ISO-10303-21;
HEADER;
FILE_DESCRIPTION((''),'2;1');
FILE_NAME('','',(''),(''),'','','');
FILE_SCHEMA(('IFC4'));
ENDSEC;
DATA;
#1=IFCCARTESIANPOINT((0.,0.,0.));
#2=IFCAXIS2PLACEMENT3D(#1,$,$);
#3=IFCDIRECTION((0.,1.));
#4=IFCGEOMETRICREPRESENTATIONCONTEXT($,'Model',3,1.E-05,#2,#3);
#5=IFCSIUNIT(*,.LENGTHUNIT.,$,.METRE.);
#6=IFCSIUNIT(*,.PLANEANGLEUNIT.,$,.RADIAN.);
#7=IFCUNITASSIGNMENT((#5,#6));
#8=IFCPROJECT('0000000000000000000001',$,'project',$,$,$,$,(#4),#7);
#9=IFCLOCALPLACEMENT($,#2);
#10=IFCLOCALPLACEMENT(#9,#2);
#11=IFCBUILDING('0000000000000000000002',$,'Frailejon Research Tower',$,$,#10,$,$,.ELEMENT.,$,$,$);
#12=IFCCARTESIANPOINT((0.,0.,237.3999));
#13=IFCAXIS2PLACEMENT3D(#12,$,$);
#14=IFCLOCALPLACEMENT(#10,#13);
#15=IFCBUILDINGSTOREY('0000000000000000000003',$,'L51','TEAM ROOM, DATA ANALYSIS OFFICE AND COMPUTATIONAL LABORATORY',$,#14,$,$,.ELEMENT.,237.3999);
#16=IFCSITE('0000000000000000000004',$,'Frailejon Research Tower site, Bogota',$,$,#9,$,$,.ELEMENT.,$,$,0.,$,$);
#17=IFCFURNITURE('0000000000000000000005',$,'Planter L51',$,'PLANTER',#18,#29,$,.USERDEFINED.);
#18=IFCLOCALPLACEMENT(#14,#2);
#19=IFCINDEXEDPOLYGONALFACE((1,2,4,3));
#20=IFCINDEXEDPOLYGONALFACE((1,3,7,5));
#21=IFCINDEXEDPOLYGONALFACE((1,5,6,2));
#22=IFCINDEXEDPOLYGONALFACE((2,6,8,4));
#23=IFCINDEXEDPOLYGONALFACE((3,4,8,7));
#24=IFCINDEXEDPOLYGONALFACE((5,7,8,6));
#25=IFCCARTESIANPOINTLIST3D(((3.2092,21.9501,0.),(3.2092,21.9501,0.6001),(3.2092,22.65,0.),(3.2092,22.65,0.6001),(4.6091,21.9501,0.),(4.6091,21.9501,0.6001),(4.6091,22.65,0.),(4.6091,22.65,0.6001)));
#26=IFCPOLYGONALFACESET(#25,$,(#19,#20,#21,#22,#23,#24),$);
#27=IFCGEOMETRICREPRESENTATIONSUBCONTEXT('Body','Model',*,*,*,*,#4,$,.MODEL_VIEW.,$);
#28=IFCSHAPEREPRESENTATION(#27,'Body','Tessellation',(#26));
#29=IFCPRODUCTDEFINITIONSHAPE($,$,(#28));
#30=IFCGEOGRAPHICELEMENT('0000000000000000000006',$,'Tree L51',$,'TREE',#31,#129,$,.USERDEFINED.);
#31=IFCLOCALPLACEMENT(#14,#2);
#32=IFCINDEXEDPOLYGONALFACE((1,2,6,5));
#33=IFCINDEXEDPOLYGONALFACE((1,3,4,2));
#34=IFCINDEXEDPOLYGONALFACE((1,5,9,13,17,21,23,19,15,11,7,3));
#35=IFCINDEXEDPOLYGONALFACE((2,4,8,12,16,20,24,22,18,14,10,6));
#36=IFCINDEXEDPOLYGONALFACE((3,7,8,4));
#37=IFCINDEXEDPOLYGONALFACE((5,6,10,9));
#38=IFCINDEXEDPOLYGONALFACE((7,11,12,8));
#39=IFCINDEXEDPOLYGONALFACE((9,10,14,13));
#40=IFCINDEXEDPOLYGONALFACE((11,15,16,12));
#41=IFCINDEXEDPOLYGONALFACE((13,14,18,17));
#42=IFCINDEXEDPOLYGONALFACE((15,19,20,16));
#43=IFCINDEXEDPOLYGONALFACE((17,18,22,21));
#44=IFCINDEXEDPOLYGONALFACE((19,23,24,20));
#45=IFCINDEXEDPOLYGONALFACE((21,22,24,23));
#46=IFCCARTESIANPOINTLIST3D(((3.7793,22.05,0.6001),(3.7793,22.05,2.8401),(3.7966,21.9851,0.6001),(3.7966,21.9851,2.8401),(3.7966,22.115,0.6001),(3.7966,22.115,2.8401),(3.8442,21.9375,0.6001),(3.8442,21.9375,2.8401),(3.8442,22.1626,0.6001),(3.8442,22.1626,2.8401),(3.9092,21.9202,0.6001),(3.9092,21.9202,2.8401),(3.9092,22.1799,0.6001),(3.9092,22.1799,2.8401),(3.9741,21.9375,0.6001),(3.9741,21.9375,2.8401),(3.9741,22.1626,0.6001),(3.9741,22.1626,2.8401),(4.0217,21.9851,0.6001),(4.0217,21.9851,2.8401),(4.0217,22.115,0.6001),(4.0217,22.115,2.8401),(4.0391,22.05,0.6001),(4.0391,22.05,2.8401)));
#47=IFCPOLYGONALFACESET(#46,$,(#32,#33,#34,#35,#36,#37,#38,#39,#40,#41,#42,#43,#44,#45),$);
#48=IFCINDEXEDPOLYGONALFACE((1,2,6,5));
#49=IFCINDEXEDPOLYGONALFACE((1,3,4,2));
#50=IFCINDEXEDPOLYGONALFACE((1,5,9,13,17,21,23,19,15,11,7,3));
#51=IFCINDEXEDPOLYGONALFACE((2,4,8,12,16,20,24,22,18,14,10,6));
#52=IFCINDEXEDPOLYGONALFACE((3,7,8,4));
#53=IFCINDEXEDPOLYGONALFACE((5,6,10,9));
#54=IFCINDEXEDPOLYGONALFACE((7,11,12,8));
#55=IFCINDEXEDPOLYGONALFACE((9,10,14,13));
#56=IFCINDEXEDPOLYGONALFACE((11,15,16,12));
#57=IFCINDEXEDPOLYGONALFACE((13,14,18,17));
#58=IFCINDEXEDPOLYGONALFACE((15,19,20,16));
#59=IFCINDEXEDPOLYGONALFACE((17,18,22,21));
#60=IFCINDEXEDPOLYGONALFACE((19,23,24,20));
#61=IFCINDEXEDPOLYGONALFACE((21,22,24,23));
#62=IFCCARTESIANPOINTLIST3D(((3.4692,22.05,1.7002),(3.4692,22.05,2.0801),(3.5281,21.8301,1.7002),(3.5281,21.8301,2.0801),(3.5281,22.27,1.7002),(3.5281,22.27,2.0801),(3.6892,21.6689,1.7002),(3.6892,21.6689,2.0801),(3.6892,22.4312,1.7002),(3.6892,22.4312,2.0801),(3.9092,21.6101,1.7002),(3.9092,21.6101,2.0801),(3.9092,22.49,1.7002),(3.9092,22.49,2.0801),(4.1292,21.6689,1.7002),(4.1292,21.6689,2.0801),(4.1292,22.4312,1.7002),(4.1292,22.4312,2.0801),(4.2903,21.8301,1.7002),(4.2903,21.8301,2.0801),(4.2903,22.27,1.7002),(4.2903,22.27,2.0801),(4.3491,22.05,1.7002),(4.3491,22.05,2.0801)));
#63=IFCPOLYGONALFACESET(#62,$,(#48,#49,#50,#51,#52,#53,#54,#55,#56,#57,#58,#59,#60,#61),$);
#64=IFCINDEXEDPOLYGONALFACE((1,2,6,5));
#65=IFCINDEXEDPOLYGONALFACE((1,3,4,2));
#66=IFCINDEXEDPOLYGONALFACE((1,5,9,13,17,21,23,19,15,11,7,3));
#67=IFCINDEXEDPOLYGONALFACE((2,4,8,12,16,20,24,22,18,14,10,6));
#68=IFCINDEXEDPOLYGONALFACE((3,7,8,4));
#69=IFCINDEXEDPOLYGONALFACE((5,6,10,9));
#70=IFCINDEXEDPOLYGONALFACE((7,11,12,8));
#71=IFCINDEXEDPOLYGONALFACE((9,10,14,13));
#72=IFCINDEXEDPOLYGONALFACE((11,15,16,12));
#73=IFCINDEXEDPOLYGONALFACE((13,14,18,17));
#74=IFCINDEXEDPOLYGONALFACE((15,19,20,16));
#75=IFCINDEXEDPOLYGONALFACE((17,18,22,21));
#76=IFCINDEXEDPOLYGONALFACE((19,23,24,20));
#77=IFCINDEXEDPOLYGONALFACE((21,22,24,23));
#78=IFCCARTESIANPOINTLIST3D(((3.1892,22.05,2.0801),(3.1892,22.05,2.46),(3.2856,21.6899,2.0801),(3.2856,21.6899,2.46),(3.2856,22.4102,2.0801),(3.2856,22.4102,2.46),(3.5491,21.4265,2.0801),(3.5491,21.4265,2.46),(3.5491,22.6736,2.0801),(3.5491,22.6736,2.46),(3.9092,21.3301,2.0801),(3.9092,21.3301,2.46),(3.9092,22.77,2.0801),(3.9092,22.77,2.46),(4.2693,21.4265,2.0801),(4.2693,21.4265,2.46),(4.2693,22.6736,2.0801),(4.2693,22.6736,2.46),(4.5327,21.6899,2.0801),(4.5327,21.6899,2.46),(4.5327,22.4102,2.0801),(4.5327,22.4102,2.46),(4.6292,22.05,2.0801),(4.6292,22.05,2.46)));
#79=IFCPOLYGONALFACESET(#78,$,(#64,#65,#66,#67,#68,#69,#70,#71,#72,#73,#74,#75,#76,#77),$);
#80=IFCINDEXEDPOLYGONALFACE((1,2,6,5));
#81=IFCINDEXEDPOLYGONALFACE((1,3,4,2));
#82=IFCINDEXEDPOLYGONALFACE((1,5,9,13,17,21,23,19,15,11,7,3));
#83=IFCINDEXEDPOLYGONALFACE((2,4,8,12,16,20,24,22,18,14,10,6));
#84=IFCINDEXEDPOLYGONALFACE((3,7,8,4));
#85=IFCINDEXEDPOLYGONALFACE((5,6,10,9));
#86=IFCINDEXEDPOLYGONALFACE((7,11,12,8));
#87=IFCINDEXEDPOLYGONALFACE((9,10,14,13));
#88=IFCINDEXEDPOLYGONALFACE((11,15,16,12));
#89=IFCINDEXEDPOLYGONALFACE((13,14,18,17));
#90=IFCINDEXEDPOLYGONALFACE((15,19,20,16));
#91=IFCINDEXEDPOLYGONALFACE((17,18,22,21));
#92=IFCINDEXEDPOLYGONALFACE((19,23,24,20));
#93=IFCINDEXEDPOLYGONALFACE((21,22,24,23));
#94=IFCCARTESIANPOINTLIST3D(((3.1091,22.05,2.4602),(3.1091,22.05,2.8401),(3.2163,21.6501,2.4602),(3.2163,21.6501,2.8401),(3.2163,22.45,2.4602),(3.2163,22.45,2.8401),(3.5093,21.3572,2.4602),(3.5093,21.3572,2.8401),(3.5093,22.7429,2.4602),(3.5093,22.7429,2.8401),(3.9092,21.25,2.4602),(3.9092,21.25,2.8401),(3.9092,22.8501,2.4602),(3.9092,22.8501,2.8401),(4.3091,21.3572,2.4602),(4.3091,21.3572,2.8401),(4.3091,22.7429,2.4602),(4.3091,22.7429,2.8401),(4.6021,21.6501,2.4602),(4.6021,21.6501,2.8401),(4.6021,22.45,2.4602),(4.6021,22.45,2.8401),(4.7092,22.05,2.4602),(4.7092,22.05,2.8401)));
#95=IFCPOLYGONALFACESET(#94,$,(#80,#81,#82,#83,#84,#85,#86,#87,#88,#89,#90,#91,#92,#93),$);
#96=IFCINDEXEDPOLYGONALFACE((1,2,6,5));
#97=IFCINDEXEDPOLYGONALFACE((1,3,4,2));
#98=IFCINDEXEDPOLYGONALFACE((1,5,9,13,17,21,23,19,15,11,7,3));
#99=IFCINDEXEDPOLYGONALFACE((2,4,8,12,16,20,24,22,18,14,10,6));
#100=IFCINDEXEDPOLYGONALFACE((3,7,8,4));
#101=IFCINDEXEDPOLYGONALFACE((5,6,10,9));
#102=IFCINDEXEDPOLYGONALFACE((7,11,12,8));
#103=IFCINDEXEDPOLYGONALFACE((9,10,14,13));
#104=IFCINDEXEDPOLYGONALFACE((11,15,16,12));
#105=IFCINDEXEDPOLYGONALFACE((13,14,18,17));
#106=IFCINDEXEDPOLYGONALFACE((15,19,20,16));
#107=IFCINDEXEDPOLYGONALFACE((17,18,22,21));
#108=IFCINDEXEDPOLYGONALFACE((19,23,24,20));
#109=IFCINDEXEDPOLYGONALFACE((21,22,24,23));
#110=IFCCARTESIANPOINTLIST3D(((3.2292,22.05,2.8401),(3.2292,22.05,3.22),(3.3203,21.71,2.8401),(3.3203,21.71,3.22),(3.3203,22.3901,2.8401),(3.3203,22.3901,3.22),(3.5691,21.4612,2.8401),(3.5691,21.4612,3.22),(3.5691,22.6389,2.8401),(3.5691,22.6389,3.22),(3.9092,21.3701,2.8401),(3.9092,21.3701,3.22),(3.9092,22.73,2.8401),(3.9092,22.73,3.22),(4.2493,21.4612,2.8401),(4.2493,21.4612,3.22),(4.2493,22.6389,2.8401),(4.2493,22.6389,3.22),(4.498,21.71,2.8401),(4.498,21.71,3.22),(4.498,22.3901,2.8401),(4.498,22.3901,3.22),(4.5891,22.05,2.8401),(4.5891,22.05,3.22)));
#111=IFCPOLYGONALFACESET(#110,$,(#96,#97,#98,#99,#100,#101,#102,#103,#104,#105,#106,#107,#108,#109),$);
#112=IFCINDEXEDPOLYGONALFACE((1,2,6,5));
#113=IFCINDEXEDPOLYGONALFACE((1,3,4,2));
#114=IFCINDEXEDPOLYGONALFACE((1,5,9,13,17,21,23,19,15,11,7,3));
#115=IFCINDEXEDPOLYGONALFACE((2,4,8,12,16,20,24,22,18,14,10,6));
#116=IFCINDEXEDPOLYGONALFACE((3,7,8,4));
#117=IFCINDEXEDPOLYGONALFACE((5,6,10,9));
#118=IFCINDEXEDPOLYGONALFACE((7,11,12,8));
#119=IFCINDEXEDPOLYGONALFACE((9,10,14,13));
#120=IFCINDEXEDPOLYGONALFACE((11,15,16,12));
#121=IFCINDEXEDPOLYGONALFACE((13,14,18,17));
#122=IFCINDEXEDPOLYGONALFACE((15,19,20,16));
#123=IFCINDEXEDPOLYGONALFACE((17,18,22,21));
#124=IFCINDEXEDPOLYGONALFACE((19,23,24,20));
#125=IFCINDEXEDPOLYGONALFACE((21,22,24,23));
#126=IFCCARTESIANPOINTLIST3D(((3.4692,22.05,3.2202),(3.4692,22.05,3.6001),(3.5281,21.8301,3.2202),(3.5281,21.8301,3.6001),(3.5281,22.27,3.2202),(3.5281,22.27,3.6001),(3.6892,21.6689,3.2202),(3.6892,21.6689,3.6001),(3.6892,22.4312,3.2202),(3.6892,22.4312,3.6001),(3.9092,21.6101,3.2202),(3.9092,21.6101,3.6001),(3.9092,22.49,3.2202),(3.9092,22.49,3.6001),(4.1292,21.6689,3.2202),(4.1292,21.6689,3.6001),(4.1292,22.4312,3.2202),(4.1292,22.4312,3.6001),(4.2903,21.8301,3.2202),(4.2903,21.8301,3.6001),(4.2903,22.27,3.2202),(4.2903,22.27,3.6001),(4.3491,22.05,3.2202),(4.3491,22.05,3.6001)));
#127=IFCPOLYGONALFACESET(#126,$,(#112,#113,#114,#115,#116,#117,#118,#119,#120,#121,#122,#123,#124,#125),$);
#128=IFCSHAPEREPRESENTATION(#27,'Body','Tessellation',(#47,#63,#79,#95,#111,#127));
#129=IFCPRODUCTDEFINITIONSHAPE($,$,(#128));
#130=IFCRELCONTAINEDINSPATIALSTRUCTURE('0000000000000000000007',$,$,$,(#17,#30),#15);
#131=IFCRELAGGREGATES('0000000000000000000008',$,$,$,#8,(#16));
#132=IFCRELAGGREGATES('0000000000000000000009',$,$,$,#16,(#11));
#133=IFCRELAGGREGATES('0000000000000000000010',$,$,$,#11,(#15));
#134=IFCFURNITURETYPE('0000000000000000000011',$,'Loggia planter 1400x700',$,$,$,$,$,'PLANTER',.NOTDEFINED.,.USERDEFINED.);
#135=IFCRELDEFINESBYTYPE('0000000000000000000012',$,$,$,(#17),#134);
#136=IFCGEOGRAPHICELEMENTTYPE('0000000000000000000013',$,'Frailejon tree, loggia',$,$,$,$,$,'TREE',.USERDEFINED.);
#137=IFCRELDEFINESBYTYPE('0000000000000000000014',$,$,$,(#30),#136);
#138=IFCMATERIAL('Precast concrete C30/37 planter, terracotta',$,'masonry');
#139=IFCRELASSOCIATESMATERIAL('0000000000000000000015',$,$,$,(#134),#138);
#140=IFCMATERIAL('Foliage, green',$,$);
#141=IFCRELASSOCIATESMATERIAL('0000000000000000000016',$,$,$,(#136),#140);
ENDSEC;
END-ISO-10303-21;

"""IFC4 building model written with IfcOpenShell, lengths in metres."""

from ifc_helpers import new_model, si_unit, direction, frame, origin, origin_2d, place, context, subcontext, project, spatial, polyline, rectangle, outline, extrude, material, type_object, element, save


model = new_model("IFC4")

# Units and contexts
model_context = context("Model", 3, precision=1e-05, world=origin(), true_north=direction((0.0, 1.0)))
body_context = subcontext(model_context, "Body", "Model", "MODEL_VIEW")
ifc_project = project(units=[si_unit("LENGTHUNIT", "METRE"), si_unit("PLANEANGLEUNIT", "RADIAN")], contexts=[model_context])

# Site, building, storey
site_placement = place(None, origin())
site = spatial("IfcSite", under=ifc_project, at=site_placement, Name="Frailejon Research Tower site, Bogota", CompositionType="ELEMENT", RefElevation=0.0)
building_placement = place(site_placement, origin())
building = spatial("IfcBuilding", under=site, at=building_placement, Name="Frailejon Research Tower", CompositionType="ELEMENT")
storey_placement = place(building_placement, frame((0.0, 0.0, 237.3999)))
storey = spatial("IfcBuildingStorey", under=building, at=storey_placement, Name="L51", Description="TEAM ROOM, DATA ANALYSIS OFFICE AND COMPUTATIONAL LABORATORY", CompositionType="ELEMENT", Elevation=237.3999)

# Furniture
ifc_material_1 = material(Name="Precast concrete C30/37 planter, terracotta", Category="masonry")
furniture_type = type_object("IfcFurnitureType", Name="Loggia planter 1400x700", ElementType="PLANTER", AssemblyPlace="NOTDEFINED", PredefinedType="USERDEFINED", material=ifc_material_1)
furniture_placement = place(storey_placement, frame((3.9092, 22.3, 0.0), z_axis=(0.0, 0.0, 1.0), x_axis=(-1.0, 0.0, 0.0)))
element("IfcFurniture", 1, at=furniture_placement, inside=storey, type_object=furniture_type, Name="Planter L51", ObjectType="PLANTER", PredefinedType="USERDEFINED", context=body_context, shape_type="SweptSolid", body=[
    extrude(rectangle(XDim=1.3999, YDim=0.7, at=origin_2d()), origin(), (0.0, 0.0, 1.0), 0.6001),
])

# Geographic element
ifc_material_2 = material(Name="Foliage, green")
geographic_element_type = type_object("IfcGeographicElementType", Name="Frailejon tree, loggia", ElementType="TREE", PredefinedType="USERDEFINED", material=ifc_material_2)
geographic_element_placement = place(storey_placement, frame((3.9092, 22.05, 0.6001)))
element("IfcGeographicElement", 2, at=geographic_element_placement, inside=storey, type_object=geographic_element_type, Name="Tree L51", ObjectType="TREE", PredefinedType="USERDEFINED", context=body_context, shape_type="SweptSolid", body=[
    extrude(outline(polyline([(0.1299, 0.0), (0.1125, 0.0649), (0.0649, 0.1125), (0.0, 0.1299), (-0.0649, 0.1125), (-0.1125, 0.0649), (-0.1299, 0.0), (-0.1125, -0.0649), (-0.0649, -0.1125), (0.0, -0.1299), (0.0649, -0.1125), (0.1125, -0.0649), (0.1299, 0.0)])), origin(), (0.0, 0.0, 1.0), 2.24),
    extrude(outline(polyline([(0.4399, 0.0), (0.3811, 0.22), (0.22, 0.3811), (0.0, 0.4399), (-0.22, 0.3811), (-0.3811, 0.22), (-0.4399, 0.0), (-0.3811, -0.22), (-0.22, -0.3811), (0.0, -0.4399), (0.22, -0.3811), (0.3811, -0.22), (0.4399, 0.0)])), frame((0.0, 0.0, 1.1001)), (0.0, 0.0, 1.0), 0.3799),
    extrude(outline(polyline([(0.72, 0.0), (0.6235, 0.3601), (0.3601, 0.6235), (0.0, 0.72), (-0.3601, 0.6235), (-0.6235, 0.3601), (-0.72, 0.0), (-0.6235, -0.3601), (-0.3601, -0.6235), (0.0, -0.72), (0.3601, -0.6235), (0.6235, -0.3601), (0.72, 0.0)])), frame((0.0, 0.0, 1.48)), (0.0, 0.0, 1.0), 0.3799),
    extrude(outline(polyline([(0.8, 0.0), (0.6929, 0.3999), (0.3999, 0.6929), (0.0, 0.8), (-0.3999, 0.6929), (-0.6929, 0.3999), (-0.8, 0.0), (-0.6929, -0.3999), (-0.3999, -0.6929), (0.0, -0.8), (0.3999, -0.6929), (0.6929, -0.3999), (0.8, 0.0)])), frame((0.0, 0.0, 1.8601)), (0.0, 0.0, 1.0), 0.3799),
    extrude(outline(polyline([(0.6799, 0.0), (0.5889, 0.3401), (0.3401, 0.5889), (0.0, 0.6799), (-0.3401, 0.5889), (-0.5889, 0.3401), (-0.6799, 0.0), (-0.5889, -0.3401), (-0.3401, -0.5889), (0.0, -0.6799), (0.3401, -0.5889), (0.5889, -0.3401), (0.6799, 0.0)])), frame((0.0, 0.0, 2.24)), (0.0, 0.0, 1.0), 0.3799),
    extrude(outline(polyline([(0.4399, 0.0), (0.3811, 0.22), (0.22, 0.3811), (0.0, 0.4399), (-0.22, 0.3811), (-0.3811, 0.22), (-0.4399, 0.0), (-0.3811, -0.22), (-0.22, -0.3811), (0.0, -0.4399), (0.22, -0.3811), (0.3811, -0.22), (0.4399, 0.0)])), frame((0.0, 0.0, 2.6201)), (0.0, 0.0, 1.0), 0.3799),
])

save(model, "model.ifc")
